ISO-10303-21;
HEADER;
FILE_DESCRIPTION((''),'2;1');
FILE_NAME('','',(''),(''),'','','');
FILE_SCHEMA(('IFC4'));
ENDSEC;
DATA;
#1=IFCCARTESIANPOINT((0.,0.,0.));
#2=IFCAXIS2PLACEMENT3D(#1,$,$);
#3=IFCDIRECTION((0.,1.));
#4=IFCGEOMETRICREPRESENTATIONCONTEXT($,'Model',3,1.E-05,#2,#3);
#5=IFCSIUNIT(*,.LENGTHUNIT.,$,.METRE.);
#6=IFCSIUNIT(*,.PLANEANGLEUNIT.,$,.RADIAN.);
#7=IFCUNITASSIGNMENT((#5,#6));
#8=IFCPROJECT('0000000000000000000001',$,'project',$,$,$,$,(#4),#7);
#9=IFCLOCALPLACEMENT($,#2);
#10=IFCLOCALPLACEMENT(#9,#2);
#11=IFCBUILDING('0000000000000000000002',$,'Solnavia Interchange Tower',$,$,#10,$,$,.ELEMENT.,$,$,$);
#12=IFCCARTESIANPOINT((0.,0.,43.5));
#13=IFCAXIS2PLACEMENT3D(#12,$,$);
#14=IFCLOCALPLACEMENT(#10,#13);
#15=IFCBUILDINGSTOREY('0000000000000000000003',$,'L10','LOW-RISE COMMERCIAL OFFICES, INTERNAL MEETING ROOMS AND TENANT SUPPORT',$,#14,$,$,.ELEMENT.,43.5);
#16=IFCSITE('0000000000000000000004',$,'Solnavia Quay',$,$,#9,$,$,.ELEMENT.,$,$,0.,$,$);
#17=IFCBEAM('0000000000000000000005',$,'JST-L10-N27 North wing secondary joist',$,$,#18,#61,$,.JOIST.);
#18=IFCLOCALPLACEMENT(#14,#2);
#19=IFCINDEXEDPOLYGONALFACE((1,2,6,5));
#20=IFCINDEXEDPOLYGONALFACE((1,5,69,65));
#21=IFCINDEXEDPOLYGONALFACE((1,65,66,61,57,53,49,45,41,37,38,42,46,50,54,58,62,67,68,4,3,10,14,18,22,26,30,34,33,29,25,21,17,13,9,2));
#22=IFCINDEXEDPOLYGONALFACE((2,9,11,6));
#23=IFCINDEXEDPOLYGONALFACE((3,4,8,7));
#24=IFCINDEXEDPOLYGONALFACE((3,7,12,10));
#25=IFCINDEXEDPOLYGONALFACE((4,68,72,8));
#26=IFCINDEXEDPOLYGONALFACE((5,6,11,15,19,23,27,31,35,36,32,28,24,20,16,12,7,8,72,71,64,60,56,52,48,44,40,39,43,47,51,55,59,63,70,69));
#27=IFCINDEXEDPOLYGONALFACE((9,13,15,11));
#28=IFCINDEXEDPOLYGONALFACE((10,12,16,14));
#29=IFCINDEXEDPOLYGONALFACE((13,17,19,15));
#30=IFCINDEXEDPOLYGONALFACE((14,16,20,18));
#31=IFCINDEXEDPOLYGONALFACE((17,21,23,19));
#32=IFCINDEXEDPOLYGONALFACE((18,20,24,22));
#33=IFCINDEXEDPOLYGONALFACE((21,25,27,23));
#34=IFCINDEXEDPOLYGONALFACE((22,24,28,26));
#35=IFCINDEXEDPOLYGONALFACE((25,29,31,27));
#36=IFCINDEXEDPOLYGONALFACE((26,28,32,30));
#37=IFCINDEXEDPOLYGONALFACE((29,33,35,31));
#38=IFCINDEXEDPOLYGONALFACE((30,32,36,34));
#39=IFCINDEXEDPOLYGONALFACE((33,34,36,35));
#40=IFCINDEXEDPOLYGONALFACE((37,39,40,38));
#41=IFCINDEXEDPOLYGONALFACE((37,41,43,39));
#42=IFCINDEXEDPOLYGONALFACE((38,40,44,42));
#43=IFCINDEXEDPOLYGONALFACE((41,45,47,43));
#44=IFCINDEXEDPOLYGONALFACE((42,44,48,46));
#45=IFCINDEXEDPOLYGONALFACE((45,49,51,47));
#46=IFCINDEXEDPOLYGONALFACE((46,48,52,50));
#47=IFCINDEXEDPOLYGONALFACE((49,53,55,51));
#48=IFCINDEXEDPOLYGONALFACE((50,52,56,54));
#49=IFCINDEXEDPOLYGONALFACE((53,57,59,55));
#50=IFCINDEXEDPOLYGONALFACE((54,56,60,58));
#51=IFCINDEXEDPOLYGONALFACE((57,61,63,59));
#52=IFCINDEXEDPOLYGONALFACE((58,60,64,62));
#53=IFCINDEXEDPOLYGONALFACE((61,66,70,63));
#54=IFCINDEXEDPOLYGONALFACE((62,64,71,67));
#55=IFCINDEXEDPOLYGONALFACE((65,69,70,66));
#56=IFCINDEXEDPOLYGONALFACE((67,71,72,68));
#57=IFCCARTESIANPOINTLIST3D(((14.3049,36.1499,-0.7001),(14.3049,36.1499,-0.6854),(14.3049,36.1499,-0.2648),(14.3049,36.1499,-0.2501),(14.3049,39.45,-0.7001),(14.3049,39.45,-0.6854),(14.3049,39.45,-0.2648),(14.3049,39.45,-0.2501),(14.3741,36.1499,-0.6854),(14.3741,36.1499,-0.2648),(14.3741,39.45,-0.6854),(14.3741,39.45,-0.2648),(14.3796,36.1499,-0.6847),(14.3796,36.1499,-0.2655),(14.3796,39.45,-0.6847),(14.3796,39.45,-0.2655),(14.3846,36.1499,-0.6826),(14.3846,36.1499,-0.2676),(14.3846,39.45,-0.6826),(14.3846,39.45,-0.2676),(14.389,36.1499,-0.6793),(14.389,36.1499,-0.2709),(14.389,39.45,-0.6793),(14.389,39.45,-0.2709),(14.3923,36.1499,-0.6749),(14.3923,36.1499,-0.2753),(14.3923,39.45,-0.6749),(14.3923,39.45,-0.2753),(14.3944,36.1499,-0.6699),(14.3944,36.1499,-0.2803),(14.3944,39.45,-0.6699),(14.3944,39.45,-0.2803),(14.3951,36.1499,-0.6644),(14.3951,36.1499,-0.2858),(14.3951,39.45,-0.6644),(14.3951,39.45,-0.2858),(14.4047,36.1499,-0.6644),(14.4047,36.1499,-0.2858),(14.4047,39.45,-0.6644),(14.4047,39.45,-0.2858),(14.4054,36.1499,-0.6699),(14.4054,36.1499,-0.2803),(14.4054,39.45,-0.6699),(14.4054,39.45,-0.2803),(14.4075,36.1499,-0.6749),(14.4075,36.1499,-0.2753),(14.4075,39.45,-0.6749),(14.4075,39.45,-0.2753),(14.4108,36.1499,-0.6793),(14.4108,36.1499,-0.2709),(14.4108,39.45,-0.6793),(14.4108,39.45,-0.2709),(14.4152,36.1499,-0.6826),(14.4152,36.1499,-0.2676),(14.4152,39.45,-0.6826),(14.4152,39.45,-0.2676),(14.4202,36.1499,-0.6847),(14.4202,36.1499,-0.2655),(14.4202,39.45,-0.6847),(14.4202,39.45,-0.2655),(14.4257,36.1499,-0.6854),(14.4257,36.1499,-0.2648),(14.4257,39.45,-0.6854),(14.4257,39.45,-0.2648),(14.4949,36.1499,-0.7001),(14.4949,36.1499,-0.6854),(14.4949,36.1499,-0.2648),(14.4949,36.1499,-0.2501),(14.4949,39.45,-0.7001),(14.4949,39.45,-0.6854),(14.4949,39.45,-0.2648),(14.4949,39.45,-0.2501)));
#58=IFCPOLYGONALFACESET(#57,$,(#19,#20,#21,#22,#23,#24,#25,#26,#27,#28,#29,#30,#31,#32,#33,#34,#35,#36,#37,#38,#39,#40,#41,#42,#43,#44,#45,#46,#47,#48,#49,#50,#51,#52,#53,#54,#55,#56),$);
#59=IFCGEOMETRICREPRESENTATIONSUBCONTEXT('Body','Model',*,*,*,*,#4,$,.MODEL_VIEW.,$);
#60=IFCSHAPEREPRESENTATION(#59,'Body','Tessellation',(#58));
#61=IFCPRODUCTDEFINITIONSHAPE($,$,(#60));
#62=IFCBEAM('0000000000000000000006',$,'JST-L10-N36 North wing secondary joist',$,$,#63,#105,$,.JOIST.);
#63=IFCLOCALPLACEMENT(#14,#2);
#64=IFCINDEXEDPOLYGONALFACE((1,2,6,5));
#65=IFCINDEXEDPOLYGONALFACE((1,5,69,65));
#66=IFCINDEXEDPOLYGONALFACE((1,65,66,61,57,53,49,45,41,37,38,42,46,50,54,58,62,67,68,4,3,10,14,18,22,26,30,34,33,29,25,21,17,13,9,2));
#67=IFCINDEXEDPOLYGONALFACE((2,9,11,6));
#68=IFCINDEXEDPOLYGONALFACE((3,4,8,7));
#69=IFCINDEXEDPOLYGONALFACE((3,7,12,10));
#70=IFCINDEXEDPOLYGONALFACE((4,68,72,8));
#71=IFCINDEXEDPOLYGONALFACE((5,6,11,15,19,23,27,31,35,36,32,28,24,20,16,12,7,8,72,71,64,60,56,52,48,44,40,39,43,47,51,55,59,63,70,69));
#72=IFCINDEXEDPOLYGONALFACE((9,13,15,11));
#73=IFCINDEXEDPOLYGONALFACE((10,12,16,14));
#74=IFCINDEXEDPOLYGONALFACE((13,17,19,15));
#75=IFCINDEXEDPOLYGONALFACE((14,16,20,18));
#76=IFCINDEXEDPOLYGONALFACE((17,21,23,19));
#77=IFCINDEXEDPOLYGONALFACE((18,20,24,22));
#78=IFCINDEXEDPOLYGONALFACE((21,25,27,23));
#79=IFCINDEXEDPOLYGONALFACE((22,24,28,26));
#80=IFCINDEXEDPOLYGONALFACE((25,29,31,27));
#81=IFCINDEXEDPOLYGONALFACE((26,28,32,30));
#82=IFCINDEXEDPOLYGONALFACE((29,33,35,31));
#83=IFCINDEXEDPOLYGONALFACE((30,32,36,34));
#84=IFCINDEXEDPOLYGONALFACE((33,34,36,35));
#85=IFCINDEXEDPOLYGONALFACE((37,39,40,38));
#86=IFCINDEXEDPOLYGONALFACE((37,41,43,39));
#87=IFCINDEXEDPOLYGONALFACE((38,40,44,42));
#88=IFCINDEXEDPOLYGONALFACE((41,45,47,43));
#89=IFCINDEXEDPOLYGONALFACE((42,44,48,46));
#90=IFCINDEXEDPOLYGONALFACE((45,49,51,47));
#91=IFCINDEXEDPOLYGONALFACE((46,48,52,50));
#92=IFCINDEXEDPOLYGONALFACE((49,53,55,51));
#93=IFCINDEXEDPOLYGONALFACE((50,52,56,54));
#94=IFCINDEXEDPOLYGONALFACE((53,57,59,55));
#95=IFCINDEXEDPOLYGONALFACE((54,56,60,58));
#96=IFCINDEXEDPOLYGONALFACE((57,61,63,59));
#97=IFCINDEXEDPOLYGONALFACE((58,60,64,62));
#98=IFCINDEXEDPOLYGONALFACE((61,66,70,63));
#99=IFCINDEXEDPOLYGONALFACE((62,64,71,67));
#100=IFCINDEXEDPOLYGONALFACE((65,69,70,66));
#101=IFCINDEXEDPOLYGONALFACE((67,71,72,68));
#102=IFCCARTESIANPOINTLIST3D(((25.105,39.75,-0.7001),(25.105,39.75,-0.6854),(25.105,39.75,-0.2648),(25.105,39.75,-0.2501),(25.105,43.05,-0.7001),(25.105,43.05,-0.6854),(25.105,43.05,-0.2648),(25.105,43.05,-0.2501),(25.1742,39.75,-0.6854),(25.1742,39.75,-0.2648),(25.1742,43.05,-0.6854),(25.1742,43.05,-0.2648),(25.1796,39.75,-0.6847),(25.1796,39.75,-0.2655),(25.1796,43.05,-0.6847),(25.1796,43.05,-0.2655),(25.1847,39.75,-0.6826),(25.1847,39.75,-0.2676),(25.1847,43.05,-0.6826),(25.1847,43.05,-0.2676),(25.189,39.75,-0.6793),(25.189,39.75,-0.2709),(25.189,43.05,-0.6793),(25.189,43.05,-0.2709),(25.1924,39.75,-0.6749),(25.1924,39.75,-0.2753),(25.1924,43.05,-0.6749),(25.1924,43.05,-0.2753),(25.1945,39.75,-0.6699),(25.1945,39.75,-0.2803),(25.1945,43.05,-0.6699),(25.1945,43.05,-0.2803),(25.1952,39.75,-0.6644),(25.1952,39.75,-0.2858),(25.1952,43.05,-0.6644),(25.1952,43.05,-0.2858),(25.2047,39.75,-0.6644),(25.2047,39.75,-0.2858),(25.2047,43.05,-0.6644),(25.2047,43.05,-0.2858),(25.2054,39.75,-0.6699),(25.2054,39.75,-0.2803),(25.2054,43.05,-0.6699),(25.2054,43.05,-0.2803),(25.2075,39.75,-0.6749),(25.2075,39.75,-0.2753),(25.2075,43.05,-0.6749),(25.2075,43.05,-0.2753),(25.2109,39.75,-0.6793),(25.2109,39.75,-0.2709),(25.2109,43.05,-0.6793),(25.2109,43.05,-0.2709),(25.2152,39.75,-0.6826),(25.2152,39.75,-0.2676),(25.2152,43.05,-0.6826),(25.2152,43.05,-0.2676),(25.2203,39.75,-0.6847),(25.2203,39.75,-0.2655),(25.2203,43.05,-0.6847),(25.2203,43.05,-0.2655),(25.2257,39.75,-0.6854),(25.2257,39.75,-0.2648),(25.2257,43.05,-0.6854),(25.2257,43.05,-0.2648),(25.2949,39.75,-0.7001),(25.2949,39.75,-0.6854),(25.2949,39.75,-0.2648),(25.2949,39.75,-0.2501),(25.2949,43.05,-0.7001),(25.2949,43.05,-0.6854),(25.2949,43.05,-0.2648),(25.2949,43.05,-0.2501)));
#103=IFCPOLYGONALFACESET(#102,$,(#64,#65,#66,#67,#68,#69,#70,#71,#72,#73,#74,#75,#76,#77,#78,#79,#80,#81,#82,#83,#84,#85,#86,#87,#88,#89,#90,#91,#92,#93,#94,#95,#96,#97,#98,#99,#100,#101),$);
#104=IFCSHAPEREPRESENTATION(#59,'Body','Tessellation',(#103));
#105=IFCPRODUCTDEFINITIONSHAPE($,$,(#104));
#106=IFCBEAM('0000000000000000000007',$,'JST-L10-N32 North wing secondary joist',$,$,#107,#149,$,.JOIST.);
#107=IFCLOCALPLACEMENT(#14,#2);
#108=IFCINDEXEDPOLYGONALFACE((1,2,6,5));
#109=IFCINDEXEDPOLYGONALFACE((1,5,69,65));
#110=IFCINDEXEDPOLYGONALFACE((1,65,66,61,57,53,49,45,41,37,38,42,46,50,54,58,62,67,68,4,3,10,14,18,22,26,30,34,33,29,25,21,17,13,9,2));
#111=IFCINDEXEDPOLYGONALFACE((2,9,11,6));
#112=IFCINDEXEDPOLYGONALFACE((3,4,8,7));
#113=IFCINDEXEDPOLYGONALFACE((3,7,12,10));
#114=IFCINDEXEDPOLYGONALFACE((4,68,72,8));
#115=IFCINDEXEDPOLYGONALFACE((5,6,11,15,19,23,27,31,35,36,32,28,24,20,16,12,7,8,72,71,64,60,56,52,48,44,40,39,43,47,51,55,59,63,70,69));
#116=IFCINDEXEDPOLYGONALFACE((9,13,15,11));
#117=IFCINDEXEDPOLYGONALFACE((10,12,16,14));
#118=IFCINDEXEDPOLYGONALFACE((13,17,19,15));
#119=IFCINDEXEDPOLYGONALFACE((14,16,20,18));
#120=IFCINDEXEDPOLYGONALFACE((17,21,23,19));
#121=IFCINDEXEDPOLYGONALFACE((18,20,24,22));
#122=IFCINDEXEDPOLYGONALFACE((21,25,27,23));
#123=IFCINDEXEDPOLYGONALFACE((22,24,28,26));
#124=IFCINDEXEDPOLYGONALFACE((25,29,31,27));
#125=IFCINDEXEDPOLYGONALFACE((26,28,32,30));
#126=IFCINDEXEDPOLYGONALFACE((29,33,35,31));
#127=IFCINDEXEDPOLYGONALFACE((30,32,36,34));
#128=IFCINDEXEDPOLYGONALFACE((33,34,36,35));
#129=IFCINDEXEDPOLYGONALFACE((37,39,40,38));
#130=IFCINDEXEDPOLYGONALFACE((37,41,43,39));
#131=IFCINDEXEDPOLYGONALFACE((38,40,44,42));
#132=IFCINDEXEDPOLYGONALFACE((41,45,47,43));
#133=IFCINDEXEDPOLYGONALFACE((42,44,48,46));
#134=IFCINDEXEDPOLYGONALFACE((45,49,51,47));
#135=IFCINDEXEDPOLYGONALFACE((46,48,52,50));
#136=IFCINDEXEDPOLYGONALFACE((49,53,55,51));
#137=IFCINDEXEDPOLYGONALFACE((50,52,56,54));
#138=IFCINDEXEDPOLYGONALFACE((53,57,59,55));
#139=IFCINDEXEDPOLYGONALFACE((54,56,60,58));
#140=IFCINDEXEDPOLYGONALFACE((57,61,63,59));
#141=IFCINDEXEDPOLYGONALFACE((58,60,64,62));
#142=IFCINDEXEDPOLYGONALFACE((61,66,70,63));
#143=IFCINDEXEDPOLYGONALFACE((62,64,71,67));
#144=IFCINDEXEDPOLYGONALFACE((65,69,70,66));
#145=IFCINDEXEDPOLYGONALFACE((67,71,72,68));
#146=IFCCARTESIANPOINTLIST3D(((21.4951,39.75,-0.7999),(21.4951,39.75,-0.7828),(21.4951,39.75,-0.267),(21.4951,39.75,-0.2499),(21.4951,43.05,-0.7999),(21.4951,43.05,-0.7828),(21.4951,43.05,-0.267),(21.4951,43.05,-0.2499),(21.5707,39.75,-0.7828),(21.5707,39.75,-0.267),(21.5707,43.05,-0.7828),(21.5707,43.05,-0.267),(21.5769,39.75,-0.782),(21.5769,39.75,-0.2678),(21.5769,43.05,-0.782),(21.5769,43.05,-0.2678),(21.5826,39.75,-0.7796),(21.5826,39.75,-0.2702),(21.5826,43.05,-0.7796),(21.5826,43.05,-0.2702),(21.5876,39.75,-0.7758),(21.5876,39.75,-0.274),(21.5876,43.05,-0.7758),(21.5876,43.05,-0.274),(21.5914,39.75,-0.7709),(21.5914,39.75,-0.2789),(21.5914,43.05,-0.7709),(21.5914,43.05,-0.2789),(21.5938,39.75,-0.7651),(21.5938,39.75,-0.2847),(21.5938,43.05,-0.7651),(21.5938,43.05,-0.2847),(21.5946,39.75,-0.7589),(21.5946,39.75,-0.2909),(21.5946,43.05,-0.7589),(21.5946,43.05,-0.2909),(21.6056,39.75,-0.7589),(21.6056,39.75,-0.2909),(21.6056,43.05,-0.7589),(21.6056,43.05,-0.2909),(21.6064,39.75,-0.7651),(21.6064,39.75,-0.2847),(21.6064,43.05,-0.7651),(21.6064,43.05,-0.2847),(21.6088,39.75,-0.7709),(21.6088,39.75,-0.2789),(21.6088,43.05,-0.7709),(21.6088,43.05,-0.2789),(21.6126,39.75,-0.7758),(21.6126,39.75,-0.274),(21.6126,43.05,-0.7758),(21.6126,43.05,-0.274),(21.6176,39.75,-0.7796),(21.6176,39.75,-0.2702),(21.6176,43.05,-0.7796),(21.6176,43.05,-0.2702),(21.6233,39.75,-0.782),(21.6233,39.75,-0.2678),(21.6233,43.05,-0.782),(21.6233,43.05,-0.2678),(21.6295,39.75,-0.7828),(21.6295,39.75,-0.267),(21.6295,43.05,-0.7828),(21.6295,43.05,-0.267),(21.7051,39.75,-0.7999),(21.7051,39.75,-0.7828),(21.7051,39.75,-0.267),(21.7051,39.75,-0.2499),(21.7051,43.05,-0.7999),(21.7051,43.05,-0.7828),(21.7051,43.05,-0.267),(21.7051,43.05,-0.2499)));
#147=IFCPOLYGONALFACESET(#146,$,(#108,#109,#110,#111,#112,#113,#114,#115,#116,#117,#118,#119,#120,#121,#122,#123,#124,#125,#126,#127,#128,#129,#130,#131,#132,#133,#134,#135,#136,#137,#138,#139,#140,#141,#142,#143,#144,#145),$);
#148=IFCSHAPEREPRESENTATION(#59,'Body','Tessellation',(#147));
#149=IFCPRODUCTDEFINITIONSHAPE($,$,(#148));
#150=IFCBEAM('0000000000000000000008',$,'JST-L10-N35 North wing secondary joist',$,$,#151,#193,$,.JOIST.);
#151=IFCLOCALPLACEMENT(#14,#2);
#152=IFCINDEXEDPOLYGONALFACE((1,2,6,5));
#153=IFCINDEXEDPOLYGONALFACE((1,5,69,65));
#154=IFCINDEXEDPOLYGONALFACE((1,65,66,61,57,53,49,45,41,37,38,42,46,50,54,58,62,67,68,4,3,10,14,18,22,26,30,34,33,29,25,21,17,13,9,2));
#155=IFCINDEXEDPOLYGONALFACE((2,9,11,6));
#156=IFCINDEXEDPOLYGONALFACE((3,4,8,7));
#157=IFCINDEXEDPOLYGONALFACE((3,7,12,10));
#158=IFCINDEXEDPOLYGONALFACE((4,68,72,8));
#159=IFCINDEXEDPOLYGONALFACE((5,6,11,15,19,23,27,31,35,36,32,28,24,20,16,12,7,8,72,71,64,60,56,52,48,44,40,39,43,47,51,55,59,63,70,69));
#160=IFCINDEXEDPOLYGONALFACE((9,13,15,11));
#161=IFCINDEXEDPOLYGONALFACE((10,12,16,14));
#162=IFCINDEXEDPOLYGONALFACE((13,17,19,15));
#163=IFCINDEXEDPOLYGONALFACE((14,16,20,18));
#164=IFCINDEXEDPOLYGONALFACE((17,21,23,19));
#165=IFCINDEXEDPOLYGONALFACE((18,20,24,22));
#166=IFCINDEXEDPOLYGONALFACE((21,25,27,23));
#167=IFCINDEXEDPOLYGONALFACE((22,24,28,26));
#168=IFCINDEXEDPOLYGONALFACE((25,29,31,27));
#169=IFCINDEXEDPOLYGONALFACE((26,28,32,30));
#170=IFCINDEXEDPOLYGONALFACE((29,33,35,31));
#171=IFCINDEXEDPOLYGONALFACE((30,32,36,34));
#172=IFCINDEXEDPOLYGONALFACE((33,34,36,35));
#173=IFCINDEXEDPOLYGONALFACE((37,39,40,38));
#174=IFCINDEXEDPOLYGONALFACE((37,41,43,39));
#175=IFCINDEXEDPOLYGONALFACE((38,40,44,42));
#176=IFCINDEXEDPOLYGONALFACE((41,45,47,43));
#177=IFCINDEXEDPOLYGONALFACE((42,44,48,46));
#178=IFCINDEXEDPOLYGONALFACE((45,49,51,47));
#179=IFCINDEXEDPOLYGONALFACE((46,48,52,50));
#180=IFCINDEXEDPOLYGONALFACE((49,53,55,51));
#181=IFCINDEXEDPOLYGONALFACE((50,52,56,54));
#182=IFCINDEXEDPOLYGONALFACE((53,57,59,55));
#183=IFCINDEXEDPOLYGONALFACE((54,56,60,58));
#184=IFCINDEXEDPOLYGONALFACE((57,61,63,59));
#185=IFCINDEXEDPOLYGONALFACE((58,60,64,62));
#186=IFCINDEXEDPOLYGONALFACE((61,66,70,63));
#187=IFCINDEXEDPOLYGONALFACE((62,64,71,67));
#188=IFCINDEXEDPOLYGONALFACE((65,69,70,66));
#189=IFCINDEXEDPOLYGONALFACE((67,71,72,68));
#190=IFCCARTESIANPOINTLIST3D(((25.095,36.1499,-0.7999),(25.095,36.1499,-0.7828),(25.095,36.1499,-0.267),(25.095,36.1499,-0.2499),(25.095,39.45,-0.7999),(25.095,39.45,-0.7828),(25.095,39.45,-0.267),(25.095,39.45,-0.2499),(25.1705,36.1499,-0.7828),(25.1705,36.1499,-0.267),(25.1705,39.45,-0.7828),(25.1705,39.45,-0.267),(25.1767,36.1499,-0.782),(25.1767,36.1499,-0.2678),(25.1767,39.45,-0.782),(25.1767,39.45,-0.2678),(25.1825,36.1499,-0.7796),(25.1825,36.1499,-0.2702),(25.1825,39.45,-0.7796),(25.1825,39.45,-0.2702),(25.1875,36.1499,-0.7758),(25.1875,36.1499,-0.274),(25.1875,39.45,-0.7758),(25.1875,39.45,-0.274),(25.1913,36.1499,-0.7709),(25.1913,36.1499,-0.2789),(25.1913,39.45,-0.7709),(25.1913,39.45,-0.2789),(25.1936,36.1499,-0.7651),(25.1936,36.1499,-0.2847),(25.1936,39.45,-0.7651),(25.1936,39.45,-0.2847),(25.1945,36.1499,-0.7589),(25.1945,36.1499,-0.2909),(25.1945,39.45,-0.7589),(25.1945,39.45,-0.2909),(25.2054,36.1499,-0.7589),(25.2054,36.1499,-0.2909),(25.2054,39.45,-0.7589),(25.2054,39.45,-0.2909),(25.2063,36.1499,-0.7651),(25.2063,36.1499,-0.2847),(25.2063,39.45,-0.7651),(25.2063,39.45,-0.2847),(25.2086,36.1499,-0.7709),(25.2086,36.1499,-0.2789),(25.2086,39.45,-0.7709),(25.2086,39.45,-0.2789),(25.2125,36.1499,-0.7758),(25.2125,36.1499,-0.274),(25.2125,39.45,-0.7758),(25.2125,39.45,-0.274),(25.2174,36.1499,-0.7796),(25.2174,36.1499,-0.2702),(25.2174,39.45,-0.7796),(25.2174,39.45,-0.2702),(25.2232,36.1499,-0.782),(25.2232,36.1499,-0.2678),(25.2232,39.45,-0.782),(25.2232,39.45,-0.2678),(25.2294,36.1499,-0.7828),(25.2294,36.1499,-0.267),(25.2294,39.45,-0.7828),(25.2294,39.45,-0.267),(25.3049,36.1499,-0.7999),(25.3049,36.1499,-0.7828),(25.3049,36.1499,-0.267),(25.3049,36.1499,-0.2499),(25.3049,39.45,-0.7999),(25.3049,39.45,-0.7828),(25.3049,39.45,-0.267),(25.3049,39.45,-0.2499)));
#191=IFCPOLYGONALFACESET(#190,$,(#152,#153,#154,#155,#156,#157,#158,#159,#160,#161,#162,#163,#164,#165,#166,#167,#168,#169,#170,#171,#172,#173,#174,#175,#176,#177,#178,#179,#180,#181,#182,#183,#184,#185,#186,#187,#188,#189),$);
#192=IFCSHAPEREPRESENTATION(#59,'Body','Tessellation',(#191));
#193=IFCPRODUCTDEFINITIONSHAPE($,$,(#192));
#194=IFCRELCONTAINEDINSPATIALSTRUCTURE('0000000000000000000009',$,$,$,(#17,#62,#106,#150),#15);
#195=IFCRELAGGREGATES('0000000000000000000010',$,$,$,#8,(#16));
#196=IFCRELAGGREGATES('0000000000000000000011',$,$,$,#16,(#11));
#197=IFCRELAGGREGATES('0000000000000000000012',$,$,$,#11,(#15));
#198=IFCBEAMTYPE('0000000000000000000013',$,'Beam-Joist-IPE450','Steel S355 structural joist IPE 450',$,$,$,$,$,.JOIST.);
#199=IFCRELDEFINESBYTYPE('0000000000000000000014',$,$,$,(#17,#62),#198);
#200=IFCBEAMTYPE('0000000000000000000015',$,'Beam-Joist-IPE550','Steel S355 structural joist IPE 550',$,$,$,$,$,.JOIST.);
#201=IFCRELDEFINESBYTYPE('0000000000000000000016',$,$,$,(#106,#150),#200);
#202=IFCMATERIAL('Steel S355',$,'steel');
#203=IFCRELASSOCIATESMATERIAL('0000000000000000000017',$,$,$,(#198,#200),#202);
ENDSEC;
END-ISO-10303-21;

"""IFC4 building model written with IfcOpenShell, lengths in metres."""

from ifc_helpers import new_model, si_unit, direction, frame, origin, origin_2d, place, context, subcontext, project, spatial, i_section, extrude, material, material_profile, profile_set, type_object, element, save


model = new_model("IFC4")

# Units and contexts
model_context = context("Model", 3, precision=1e-05, world=origin(), true_north=direction((0.0, 1.0)))
body_context = subcontext(model_context, "Body", "Model", "MODEL_VIEW")
ifc_project = project(units=[si_unit("LENGTHUNIT", "METRE"), si_unit("PLANEANGLEUNIT", "RADIAN")], contexts=[model_context])

# Site, building, storey
site_placement = place(None, origin())
site = spatial("IfcSite", under=ifc_project, at=site_placement, Name="Solnavia Quay", CompositionType="ELEMENT", RefElevation=0.0)
building_placement = place(site_placement, origin())
building = spatial("IfcBuilding", under=site, at=building_placement, Name="Solnavia Interchange Tower", CompositionType="ELEMENT")
storey_placement = place(building_placement, frame((0.0, 0.0, 43.5)))
storey = spatial("IfcBuildingStorey", under=building, at=storey_placement, Name="L10", Description="LOW-RISE COMMERCIAL OFFICES, INTERNAL MEETING ROOMS AND TENANT SUPPORT", CompositionType="ELEMENT", Elevation=43.5)

# Shared definitions
ifc_material_1 = material(Name="Steel S355", Category="steel")

# Beams
ifc_material_profile_1 = material_profile(ifc_material_1, i_section(OverallWidth=0.1899, OverallDepth=0.45, WebThickness=0.0095, FlangeThickness=0.0146, FilletRadius=0.021, at=origin_2d()), Name="IPE 450")
ifc_profile_set_1 = profile_set([ifc_material_profile_1], Name="Steel S355")
beam_type_1 = type_object("IfcBeamType", Name="Beam-Joist-IPE450", Description="Steel S355 structural joist IPE 450", PredefinedType="JOIST", material=ifc_profile_set_1)
for number, where, z_axis, x_axis, name in (
    (1, (14.3999, 36.1499, -0.4751), (0.0, 1.0, 0.0), (-1.0, 0.0, 0.0), "JST-L10-N27 North wing secondary joist"),
    (2, (25.2, 39.75, -0.4751), (0.0, 1.0, 0.0), (-1.0, 0.0, 0.0), "JST-L10-N36 North wing secondary joist"),
):
    element("IfcBeam", number, at=place(storey_placement, frame(where, z_axis=z_axis, x_axis=x_axis)), inside=storey, type_object=beam_type_1, Name=name, PredefinedType="JOIST", context=body_context, shape_type="SweptSolid", body=[
        extrude(i_section(OverallWidth=0.1899, OverallDepth=0.45, WebThickness=0.0095, FlangeThickness=0.0146, FilletRadius=0.021, at=origin_2d()), origin(), (0.0, 0.0, 1.0), 3.3),
    ])
ifc_material_profile_2 = material_profile(ifc_material_1, i_section(OverallWidth=0.21, OverallDepth=0.55, WebThickness=0.011, FlangeThickness=0.0171, FilletRadius=0.0239, at=origin_2d()), Name="IPE 550")
ifc_profile_set_2 = profile_set([ifc_material_profile_2], Name="Steel S355")
beam_type_2 = type_object("IfcBeamType", Name="Beam-Joist-IPE550", Description="Steel S355 structural joist IPE 550", PredefinedType="JOIST", material=ifc_profile_set_2)
for number, where, z_axis, x_axis, name in (
    (3, (21.6001, 39.75, -0.5249), (0.0, 1.0, 0.0), (-1.0, 0.0, 0.0), "JST-L10-N32 North wing secondary joist"),
    (4, (25.2, 36.1499, -0.5249), (0.0, 1.0, 0.0), (-1.0, 0.0, 0.0), "JST-L10-N35 North wing secondary joist"),
):
    element("IfcBeam", number, at=place(storey_placement, frame(where, z_axis=z_axis, x_axis=x_axis)), inside=storey, type_object=beam_type_2, Name=name, PredefinedType="JOIST", context=body_context, shape_type="SweptSolid", body=[
        extrude(i_section(OverallWidth=0.21, OverallDepth=0.55, WebThickness=0.011, FlangeThickness=0.0171, FilletRadius=0.0239, at=origin_2d()), origin(), (0.0, 0.0, 1.0), 3.3),
    ])

save(model, "model.ifc")
